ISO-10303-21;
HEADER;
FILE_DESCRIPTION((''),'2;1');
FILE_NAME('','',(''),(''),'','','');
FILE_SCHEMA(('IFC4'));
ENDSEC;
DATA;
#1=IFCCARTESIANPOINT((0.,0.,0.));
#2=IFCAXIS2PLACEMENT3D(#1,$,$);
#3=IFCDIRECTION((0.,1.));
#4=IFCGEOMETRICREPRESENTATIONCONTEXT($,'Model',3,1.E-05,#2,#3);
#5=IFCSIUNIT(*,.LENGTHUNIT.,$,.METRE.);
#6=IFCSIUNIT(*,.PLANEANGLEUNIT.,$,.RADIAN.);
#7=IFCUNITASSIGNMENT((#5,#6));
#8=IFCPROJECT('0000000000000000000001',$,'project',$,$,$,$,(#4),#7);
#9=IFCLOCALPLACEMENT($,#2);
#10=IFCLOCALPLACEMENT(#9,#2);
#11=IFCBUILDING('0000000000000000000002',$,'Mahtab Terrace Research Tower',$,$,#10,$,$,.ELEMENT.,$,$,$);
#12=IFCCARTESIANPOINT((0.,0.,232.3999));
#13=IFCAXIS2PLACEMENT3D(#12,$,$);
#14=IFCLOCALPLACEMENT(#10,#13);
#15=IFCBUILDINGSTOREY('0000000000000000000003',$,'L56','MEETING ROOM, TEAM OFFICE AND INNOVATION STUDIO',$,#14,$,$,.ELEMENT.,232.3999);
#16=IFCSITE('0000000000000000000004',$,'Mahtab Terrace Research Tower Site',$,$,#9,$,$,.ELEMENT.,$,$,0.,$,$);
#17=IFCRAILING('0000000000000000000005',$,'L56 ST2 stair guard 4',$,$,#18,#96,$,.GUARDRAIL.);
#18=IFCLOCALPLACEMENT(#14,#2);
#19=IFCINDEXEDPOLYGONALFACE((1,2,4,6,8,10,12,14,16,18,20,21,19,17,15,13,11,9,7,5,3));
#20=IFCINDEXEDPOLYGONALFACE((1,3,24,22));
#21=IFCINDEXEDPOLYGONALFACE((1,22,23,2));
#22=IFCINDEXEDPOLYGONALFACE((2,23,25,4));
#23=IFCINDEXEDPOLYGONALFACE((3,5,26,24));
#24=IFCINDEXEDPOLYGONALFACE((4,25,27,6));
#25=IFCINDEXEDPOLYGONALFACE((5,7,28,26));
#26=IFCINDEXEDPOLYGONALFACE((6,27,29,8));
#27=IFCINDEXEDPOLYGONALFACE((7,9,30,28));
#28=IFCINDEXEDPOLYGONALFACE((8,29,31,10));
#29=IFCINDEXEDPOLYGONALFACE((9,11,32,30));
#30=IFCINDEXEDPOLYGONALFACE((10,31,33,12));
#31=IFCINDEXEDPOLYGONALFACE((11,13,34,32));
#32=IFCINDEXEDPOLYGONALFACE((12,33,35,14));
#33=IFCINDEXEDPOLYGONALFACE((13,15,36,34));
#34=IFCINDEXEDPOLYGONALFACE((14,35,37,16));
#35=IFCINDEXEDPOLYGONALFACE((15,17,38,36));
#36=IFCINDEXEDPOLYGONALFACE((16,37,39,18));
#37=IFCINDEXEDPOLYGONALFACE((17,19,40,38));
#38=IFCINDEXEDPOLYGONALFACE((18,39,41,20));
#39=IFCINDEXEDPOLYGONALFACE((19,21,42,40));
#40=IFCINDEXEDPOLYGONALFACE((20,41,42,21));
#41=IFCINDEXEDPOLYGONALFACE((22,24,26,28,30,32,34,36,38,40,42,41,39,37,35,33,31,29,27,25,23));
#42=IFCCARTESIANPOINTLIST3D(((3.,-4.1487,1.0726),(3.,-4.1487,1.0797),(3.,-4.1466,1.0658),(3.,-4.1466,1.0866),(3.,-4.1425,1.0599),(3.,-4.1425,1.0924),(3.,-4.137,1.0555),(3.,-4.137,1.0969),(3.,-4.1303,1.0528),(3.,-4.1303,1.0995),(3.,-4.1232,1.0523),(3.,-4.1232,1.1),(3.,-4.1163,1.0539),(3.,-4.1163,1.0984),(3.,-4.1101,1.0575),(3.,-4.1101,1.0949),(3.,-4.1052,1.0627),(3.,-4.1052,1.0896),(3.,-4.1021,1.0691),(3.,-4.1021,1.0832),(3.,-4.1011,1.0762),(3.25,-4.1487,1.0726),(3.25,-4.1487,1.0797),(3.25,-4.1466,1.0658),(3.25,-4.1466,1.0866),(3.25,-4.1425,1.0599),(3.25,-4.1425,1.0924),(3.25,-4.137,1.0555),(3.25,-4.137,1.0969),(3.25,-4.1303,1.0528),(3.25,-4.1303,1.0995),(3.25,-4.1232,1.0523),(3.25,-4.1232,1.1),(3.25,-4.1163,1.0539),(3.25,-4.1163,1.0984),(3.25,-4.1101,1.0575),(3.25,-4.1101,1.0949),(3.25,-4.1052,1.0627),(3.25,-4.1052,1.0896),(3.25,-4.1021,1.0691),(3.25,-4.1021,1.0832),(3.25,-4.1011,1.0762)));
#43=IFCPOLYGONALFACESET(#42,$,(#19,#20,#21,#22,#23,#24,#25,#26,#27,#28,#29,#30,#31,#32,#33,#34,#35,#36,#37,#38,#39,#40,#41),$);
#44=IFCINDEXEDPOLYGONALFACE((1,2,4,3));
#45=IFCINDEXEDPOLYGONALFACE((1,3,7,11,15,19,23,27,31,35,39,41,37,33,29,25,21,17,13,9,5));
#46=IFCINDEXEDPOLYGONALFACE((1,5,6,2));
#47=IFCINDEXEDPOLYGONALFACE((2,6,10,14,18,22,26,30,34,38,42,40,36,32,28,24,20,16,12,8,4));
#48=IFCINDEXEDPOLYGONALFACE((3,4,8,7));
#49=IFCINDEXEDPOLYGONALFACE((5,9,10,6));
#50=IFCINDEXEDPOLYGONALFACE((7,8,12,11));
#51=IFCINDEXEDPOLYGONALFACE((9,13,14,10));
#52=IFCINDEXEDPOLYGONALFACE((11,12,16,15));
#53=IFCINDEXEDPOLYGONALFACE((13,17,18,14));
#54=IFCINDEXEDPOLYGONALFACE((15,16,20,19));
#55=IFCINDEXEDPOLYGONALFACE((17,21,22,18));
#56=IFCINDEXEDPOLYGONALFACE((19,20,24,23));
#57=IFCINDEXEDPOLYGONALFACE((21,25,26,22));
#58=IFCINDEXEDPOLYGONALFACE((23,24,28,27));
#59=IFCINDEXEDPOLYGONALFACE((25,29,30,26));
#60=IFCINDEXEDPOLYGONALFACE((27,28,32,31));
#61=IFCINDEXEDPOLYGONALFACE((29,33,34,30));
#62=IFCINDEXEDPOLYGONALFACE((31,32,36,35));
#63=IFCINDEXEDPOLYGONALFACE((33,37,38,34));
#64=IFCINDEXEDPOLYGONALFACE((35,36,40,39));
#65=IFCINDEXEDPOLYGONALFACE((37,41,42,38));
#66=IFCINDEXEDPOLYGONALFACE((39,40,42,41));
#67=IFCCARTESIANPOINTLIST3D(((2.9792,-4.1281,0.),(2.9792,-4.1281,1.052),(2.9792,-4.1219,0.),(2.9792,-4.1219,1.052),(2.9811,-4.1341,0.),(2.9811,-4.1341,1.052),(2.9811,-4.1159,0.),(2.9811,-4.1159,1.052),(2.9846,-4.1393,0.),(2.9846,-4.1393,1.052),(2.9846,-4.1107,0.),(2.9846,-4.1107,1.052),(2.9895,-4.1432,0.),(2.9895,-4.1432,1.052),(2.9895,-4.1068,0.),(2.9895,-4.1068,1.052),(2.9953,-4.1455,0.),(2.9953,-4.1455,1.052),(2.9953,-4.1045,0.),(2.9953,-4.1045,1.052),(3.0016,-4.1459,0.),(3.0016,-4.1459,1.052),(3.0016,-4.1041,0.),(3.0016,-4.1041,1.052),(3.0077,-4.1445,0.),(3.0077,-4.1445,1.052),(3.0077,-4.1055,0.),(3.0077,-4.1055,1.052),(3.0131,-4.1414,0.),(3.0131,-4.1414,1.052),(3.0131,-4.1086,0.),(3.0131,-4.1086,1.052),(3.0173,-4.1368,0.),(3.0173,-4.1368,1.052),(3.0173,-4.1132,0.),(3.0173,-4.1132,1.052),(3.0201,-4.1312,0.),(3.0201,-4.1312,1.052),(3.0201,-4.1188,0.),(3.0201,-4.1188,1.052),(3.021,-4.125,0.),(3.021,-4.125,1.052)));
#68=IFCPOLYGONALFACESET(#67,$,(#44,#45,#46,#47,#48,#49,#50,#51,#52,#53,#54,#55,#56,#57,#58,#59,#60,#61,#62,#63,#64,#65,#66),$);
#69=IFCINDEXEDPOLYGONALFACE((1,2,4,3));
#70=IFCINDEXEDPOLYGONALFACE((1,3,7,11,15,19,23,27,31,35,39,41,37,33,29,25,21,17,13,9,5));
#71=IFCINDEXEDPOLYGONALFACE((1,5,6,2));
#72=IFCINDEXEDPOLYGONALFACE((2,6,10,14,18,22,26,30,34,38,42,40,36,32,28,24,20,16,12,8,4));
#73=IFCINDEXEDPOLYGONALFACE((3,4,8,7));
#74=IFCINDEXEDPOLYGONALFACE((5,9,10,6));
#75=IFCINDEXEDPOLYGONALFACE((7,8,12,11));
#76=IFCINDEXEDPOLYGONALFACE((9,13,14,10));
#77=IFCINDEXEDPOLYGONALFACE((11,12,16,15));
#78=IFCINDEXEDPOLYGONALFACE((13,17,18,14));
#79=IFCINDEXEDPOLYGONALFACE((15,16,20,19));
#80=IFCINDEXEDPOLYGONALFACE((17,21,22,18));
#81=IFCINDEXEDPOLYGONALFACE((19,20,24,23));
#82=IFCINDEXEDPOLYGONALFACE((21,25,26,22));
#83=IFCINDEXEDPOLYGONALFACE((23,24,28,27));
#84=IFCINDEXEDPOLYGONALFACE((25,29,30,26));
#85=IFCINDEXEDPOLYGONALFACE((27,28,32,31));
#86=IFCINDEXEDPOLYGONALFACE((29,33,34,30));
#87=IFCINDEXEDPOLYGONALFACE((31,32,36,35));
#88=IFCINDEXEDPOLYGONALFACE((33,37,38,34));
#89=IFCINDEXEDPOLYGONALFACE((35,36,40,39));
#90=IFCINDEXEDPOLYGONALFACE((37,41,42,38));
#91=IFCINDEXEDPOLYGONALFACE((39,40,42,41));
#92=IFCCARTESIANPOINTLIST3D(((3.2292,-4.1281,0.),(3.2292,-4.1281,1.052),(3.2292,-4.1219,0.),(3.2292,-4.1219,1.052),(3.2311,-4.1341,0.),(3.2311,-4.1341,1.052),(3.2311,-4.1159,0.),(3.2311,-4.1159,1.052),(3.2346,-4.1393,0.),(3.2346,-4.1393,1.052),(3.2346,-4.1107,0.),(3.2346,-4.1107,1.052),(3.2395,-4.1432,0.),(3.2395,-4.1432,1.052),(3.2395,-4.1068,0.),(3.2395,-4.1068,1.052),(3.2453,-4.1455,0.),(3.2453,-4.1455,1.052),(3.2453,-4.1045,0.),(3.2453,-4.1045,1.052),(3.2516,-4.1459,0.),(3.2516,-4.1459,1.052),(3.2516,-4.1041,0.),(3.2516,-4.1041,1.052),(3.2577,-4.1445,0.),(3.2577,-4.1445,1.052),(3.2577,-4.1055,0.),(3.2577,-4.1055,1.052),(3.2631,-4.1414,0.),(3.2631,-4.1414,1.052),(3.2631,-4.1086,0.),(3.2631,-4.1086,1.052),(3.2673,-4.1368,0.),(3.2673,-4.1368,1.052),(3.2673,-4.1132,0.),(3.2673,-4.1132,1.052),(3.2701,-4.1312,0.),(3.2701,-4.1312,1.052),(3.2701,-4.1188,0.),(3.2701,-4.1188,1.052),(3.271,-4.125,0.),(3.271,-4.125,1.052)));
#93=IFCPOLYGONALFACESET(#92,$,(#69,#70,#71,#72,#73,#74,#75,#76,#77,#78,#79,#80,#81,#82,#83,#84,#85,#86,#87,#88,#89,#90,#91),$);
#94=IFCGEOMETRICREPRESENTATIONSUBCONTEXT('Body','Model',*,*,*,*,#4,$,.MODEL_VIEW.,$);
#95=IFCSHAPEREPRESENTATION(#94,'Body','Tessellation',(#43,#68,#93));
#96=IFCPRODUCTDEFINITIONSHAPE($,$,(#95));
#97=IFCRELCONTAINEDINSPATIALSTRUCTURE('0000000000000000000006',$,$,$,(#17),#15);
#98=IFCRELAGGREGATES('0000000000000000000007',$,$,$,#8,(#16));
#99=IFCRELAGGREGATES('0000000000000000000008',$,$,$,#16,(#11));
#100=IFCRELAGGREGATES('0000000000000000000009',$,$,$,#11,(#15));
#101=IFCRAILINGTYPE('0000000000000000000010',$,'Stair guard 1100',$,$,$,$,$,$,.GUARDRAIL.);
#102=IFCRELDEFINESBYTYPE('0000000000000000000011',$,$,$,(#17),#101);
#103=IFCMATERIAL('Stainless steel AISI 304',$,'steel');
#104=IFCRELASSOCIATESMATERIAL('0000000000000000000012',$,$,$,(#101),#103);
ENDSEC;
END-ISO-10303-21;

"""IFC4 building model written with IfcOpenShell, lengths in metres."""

from ifc_helpers import new_model, si_unit, direction, frame, origin, origin_2d, place, context, subcontext, project, spatial, circle, extrude, material, type_object, element, save


model = new_model("IFC4")

# Units and contexts
model_context = context("Model", 3, precision=1e-05, world=origin(), true_north=direction((0.0, 1.0)))
body_context = subcontext(model_context, "Body", "Model", "MODEL_VIEW")
ifc_project = project(units=[si_unit("LENGTHUNIT", "METRE"), si_unit("PLANEANGLEUNIT", "RADIAN")], contexts=[model_context])

# Site, building, storey
site_placement = place(None, origin())
site = spatial("IfcSite", under=ifc_project, at=site_placement, Name="Mahtab Terrace Research Tower Site", CompositionType="ELEMENT", RefElevation=0.0)
building_placement = place(site_placement, origin())
building = spatial("IfcBuilding", under=site, at=building_placement, Name="Mahtab Terrace Research Tower", CompositionType="ELEMENT")
storey_placement = place(building_placement, frame((0.0, 0.0, 232.3999)))
storey = spatial("IfcBuildingStorey", under=building, at=storey_placement, Name="L56", Description="MEETING ROOM, TEAM OFFICE AND INNOVATION STUDIO", CompositionType="ELEMENT", Elevation=232.3999)

# Railing
ifc_material_1 = material(Name="Stainless steel AISI 304", Category="steel")
railing_type_1 = type_object("IfcRailingType", Name="Stair guard 1100", PredefinedType="GUARDRAIL", material=ifc_material_1)
railing_1_placement = place(storey_placement, frame((3.0, -4.125, 0.0)))
element("IfcRailing", 1, at=railing_1_placement, inside=storey, type_object=railing_type_1, Name="L56 ST2 stair guard 4", PredefinedType="GUARDRAIL", context=body_context, shape_type="SweptSolid", body=[
    extrude(circle(Radius=0.0239, at=origin_2d()), frame((0.0, 0.0, 1.0762), z_axis=(1.0, 0.0, 0.0), x_axis=(0.0, 1.0, 0.0)), (0.0, 0.0, 1.0), 0.25),
    extrude(circle(Radius=0.021, at=origin_2d()), origin(), (0.0, 0.0, 1.0), 1.052),
    extrude(circle(Radius=0.021, at=origin_2d()), frame((0.25, 0.0, 0.0)), (0.0, 0.0, 1.0), 1.052),
])

save(model, "model.ifc")
